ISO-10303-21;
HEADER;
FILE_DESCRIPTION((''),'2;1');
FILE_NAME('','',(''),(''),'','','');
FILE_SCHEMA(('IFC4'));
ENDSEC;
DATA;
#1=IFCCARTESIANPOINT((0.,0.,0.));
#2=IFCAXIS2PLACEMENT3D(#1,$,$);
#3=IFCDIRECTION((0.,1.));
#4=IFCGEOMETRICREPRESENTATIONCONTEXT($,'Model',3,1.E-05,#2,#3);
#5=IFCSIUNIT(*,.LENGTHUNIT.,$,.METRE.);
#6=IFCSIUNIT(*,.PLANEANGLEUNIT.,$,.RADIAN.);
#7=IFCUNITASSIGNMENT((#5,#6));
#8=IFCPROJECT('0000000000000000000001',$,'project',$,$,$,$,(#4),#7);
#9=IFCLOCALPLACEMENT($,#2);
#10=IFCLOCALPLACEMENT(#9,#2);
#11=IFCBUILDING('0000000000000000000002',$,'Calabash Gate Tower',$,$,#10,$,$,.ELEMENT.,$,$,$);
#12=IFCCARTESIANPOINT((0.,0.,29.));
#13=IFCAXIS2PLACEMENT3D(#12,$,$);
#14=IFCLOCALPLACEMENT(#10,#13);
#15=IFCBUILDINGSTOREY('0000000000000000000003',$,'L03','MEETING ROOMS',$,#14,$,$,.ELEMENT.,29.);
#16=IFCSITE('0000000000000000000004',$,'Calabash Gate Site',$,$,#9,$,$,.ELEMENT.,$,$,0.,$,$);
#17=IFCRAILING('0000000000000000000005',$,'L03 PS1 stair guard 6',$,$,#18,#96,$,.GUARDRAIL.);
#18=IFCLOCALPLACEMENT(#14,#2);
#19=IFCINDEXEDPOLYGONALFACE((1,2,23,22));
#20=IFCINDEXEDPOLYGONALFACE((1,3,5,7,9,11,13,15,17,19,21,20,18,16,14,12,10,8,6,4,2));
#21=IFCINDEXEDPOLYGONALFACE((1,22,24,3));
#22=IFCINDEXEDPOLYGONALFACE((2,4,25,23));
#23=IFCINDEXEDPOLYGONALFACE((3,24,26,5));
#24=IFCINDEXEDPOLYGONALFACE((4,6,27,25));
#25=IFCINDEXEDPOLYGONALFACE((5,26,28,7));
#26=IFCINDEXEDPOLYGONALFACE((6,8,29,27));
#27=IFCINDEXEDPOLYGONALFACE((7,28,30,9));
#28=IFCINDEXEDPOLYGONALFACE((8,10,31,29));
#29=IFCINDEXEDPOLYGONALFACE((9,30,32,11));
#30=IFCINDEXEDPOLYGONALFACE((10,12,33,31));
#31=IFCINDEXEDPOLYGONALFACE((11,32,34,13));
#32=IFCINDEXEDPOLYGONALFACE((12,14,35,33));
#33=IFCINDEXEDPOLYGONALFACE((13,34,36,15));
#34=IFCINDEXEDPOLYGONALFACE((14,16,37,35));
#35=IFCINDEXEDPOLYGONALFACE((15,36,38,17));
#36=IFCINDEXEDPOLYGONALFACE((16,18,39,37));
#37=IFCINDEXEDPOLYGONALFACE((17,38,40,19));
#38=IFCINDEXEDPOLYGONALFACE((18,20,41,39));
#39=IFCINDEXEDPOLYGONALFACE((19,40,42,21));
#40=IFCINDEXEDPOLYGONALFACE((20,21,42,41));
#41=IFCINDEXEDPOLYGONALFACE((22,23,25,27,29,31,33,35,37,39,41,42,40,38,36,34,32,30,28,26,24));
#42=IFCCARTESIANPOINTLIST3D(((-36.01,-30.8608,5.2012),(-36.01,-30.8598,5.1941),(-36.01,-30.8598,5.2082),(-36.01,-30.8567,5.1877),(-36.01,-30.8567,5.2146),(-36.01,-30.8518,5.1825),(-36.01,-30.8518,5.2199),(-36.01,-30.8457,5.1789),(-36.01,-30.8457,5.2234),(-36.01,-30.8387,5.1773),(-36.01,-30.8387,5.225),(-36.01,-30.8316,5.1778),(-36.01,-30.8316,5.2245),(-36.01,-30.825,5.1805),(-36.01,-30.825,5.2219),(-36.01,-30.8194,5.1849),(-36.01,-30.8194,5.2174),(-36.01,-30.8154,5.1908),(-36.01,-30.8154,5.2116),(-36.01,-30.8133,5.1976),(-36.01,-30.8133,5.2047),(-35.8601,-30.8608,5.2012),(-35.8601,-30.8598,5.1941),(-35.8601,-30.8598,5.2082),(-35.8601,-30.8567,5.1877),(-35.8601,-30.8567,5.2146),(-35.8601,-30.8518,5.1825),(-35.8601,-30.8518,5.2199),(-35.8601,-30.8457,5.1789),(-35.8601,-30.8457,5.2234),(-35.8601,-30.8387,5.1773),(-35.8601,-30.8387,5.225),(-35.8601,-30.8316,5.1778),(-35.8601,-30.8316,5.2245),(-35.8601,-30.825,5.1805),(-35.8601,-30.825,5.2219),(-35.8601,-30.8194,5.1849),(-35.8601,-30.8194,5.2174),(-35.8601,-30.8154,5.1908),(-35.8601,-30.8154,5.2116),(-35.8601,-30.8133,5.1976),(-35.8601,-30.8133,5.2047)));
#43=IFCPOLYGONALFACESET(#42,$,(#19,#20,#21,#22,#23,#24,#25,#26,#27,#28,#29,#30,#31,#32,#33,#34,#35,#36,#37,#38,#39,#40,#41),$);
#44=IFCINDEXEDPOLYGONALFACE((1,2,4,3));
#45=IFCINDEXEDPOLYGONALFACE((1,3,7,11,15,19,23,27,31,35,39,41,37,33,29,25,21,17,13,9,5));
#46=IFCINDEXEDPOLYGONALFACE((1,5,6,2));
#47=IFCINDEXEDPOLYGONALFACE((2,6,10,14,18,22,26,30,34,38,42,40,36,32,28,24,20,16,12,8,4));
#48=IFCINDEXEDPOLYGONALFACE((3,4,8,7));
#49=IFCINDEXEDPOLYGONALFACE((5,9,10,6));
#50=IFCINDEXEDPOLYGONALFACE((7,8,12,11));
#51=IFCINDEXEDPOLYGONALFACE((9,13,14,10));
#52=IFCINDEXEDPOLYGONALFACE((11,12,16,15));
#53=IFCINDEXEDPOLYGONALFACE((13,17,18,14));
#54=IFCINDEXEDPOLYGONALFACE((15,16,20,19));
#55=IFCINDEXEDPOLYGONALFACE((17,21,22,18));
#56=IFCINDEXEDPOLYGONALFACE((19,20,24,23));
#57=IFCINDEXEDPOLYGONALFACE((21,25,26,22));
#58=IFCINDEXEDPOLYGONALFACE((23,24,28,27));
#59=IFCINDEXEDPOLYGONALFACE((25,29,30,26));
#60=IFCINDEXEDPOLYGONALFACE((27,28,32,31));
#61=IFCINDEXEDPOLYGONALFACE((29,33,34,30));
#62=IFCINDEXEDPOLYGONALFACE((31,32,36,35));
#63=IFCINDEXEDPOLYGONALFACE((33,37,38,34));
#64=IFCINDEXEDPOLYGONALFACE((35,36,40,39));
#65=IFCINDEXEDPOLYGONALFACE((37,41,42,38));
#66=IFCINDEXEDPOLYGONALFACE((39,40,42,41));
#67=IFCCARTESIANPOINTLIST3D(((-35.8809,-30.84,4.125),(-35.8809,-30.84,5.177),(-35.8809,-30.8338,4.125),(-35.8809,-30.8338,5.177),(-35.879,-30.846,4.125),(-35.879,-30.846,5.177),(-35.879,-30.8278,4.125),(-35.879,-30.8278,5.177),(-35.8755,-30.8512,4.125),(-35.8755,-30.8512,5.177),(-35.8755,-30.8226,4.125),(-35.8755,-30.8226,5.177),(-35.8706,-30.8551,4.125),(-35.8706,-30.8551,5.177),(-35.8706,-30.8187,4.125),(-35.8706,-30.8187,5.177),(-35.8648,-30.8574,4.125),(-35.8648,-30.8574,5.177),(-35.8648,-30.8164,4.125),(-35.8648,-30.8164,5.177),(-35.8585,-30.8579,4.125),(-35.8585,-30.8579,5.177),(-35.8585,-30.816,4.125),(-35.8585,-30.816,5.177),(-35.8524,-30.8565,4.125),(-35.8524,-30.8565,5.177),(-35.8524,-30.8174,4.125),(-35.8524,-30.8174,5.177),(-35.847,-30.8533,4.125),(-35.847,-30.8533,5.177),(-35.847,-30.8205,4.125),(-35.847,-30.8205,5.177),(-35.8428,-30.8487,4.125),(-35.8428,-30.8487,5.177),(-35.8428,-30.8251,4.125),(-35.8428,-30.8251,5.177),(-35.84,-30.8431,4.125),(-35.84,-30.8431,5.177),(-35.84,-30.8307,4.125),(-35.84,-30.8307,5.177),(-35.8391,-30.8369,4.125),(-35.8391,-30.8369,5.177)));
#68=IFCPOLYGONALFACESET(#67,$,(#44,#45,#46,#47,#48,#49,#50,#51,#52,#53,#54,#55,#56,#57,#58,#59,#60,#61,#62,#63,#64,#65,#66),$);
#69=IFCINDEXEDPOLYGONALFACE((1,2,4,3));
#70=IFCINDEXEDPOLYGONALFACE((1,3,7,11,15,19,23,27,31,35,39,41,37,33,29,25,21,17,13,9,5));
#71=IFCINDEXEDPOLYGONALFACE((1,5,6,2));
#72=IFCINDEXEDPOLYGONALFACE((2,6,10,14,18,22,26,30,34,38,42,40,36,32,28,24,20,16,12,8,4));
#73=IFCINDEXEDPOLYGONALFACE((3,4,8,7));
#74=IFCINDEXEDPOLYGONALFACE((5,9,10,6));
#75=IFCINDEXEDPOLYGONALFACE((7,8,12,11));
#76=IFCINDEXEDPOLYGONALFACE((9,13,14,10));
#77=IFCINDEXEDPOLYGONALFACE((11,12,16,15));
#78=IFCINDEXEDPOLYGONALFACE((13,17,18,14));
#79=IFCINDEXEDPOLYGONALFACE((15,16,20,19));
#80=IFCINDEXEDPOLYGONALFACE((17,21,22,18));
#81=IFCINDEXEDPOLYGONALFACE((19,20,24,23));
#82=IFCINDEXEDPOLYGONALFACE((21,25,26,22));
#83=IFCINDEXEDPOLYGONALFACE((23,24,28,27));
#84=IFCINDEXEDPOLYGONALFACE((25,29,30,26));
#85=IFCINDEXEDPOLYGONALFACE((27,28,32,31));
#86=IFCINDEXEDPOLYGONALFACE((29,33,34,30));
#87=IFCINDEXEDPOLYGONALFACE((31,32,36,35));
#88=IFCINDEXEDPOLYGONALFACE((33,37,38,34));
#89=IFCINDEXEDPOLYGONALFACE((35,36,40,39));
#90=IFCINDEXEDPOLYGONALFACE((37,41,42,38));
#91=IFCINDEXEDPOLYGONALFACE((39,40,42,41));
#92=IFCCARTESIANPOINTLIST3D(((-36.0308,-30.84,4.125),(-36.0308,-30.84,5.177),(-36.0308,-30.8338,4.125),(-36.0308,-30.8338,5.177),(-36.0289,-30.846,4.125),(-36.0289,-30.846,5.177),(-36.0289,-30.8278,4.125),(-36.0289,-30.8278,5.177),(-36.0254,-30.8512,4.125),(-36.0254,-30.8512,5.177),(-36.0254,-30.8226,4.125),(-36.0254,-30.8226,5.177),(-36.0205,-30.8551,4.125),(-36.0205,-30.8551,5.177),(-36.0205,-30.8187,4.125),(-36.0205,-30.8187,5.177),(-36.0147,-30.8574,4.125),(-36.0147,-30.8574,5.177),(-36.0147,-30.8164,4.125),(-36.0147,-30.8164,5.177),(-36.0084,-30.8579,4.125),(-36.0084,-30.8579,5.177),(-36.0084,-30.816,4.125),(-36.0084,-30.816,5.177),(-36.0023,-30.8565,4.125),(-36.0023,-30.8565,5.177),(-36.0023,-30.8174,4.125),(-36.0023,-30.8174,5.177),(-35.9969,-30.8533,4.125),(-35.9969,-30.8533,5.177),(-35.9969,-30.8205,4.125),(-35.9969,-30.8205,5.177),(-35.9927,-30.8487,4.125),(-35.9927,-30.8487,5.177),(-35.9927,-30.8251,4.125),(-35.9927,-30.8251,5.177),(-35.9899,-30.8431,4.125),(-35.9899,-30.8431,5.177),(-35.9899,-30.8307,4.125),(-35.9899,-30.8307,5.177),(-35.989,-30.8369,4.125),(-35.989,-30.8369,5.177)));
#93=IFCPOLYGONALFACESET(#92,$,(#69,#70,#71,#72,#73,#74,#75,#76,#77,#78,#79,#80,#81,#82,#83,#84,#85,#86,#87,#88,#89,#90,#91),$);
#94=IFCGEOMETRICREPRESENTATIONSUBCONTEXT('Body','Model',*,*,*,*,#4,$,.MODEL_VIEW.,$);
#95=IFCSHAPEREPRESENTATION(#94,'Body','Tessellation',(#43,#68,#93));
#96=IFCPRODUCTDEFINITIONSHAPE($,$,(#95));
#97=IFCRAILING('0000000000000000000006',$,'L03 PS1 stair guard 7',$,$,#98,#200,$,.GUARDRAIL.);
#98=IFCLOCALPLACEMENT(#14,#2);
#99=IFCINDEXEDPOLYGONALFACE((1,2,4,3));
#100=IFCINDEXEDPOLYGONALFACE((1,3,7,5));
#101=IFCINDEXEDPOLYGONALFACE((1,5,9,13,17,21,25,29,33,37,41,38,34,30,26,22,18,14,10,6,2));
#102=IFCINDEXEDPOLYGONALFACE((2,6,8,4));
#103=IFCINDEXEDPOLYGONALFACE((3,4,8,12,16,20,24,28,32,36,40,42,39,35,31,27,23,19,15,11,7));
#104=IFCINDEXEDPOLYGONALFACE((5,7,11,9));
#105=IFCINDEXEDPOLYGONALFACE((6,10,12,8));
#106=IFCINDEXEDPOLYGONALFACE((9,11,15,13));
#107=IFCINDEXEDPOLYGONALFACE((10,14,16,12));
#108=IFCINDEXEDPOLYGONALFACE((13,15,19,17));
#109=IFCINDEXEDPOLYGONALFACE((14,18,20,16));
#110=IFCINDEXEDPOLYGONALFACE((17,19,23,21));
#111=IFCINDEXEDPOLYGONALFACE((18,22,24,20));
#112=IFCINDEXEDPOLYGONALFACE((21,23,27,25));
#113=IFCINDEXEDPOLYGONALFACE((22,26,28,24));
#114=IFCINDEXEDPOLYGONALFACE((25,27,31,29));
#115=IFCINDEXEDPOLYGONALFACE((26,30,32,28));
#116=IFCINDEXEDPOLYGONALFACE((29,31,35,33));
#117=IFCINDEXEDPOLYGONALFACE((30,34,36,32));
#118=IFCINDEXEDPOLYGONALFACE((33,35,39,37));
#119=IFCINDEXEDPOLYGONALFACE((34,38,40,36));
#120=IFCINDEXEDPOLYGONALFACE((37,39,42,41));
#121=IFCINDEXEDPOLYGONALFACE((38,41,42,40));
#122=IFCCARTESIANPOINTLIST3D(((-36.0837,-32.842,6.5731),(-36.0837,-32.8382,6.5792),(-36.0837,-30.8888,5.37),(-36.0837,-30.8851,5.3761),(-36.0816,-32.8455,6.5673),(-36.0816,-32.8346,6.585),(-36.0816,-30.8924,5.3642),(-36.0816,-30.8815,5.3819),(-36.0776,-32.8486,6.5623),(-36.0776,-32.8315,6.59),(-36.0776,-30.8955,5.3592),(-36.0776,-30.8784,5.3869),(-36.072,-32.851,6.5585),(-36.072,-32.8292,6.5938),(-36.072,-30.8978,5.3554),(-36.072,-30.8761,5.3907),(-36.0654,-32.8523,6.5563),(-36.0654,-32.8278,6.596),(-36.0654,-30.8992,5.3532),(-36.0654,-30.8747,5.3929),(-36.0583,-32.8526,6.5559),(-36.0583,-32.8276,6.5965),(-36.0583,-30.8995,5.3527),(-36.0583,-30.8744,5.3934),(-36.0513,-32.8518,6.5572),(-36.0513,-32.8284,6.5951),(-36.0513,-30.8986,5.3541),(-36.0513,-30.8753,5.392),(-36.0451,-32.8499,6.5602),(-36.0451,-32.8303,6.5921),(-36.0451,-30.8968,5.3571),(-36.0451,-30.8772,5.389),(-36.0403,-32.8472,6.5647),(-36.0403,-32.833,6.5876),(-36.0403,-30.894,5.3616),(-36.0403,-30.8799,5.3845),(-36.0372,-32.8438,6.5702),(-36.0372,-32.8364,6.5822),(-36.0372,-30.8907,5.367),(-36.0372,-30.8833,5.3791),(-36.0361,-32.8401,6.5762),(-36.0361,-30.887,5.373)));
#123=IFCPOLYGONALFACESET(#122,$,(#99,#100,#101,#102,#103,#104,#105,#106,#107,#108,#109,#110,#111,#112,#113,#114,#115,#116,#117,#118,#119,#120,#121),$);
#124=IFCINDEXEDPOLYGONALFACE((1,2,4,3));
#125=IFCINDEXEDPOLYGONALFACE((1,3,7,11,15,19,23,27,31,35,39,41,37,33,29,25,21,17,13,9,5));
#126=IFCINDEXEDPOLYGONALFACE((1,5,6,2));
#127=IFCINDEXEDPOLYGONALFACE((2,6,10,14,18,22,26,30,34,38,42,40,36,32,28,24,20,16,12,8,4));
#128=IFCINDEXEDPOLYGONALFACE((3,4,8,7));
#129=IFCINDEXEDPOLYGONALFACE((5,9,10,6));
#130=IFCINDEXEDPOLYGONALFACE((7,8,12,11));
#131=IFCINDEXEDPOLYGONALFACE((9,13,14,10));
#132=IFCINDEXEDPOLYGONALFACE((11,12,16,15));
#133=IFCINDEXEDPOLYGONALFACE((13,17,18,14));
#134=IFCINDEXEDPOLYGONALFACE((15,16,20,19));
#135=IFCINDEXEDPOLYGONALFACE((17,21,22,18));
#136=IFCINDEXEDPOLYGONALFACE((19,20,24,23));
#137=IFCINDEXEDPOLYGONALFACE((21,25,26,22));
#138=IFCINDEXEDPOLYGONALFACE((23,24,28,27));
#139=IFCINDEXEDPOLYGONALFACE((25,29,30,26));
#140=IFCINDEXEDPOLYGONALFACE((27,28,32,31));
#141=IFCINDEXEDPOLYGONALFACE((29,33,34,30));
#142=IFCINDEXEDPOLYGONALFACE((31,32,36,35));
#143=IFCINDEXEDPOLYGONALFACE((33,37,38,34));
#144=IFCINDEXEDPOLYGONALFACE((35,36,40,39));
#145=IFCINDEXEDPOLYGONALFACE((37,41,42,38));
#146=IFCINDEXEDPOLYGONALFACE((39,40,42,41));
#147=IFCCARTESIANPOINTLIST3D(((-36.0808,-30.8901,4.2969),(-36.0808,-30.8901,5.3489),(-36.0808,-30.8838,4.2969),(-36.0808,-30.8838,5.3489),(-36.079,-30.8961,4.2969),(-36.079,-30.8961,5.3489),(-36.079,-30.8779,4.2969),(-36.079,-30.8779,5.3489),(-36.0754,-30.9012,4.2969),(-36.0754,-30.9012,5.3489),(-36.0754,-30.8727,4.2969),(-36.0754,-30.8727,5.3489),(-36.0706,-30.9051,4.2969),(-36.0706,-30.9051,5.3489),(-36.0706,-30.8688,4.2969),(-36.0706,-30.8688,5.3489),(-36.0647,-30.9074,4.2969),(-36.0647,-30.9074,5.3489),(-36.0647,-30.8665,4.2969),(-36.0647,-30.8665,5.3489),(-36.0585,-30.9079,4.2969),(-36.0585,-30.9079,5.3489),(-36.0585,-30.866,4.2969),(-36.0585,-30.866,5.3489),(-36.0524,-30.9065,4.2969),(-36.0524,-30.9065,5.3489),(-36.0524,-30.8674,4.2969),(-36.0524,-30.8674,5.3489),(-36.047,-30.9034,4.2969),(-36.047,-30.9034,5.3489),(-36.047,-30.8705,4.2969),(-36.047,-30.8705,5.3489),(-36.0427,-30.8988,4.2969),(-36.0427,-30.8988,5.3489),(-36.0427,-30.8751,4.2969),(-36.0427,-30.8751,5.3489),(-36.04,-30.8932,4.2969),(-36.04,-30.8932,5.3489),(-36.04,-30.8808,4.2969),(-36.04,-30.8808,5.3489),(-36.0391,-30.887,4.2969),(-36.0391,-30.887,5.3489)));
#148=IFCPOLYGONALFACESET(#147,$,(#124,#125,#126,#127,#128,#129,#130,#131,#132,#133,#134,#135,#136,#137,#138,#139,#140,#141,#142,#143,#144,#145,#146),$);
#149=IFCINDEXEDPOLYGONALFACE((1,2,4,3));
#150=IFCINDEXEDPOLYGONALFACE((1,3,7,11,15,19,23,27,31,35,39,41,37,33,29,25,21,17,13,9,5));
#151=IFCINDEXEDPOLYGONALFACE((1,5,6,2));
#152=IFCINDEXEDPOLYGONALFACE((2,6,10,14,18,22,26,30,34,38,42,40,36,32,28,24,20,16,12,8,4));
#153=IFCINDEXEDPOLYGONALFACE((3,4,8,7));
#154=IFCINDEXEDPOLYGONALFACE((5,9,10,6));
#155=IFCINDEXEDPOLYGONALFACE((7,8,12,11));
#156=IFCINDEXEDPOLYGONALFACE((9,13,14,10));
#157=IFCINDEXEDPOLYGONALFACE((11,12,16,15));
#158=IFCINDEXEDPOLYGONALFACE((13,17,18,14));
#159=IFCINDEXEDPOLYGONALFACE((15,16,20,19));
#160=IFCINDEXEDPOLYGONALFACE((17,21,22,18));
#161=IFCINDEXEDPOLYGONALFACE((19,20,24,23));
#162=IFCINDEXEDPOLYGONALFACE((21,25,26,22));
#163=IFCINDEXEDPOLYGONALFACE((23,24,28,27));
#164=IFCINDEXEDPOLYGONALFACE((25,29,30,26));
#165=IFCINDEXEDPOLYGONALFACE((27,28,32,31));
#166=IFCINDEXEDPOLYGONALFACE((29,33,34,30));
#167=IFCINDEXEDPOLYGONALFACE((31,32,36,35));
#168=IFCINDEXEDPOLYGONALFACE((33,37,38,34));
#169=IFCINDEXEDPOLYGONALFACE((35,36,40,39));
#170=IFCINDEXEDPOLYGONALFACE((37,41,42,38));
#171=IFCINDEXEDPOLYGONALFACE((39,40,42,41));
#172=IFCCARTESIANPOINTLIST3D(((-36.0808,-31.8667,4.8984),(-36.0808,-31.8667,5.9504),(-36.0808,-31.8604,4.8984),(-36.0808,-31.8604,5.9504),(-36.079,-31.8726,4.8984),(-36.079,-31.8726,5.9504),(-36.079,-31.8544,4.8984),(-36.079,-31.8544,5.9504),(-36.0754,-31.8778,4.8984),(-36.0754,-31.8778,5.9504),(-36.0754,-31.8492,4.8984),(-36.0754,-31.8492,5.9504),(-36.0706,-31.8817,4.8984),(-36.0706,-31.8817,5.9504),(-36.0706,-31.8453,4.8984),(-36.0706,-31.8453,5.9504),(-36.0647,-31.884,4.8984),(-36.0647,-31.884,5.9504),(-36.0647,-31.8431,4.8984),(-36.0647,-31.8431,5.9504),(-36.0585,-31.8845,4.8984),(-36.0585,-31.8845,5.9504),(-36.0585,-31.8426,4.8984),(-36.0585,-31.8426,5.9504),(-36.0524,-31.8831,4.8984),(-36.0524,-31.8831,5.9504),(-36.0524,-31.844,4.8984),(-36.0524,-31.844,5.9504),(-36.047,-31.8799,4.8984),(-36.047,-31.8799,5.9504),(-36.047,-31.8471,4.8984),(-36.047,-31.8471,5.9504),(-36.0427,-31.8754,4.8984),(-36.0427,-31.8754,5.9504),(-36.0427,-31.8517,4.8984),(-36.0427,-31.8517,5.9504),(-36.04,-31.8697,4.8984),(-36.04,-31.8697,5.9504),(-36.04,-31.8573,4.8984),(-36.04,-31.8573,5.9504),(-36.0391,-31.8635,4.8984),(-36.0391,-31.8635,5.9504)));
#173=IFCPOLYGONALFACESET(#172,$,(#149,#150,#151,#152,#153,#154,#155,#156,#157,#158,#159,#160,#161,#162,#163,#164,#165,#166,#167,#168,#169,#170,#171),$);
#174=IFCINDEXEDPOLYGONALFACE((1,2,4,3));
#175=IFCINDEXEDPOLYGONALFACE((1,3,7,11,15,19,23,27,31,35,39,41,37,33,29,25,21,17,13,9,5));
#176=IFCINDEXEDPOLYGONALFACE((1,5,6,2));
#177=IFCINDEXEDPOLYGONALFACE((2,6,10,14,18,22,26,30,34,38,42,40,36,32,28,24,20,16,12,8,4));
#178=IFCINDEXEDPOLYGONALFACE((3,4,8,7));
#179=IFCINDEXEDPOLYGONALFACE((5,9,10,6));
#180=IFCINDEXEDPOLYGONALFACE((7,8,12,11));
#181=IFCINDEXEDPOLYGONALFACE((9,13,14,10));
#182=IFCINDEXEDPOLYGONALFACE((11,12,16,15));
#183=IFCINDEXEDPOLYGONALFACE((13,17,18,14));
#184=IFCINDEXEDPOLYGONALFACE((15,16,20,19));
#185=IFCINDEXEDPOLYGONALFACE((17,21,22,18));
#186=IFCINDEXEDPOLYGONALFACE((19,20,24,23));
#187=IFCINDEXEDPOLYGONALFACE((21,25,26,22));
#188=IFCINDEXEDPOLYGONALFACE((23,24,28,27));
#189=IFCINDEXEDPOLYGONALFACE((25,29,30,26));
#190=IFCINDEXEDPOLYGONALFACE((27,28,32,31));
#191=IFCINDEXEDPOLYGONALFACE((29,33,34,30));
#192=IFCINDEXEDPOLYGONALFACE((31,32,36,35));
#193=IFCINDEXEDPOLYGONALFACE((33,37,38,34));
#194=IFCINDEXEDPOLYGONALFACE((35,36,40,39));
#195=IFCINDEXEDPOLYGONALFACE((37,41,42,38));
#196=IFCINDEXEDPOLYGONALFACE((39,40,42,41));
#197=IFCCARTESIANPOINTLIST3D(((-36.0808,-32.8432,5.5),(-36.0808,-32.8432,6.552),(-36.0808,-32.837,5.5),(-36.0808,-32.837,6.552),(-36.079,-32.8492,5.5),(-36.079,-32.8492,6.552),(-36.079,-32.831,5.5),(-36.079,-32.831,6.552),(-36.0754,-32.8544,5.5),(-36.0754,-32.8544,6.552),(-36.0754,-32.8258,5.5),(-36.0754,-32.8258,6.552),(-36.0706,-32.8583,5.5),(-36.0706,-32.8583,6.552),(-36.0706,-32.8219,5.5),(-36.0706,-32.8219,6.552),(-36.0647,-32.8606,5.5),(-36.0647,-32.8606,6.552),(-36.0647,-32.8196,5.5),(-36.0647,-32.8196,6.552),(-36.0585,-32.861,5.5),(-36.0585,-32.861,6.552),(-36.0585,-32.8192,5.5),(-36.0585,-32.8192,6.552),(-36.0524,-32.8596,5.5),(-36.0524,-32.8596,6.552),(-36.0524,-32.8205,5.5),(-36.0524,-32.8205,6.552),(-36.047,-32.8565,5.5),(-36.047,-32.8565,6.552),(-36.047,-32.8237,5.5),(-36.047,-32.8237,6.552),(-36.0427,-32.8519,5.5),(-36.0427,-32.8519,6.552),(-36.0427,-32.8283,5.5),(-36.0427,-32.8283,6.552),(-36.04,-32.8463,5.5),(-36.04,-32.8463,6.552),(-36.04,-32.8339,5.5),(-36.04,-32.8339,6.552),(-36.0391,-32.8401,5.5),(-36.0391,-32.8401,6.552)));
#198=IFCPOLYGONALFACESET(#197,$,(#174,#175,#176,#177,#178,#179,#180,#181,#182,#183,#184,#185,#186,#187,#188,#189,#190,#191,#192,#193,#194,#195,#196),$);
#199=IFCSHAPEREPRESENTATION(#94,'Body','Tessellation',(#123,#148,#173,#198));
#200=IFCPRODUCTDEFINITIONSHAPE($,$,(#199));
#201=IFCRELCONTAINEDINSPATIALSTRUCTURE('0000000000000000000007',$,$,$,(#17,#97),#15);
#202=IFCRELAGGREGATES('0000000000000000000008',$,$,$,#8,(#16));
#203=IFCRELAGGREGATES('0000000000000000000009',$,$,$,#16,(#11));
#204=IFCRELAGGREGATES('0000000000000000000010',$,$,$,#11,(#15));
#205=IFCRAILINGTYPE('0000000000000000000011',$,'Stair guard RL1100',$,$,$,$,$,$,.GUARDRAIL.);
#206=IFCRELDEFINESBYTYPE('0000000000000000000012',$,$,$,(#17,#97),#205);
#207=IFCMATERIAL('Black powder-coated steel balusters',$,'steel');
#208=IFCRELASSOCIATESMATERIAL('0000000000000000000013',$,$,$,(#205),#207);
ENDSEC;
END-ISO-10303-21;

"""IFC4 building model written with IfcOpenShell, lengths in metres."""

from ifc_helpers import new_model, si_unit, direction, frame, origin, origin_2d, place, context, subcontext, project, spatial, circle, extrude, material, type_object, element, save


model = new_model("IFC4")

# Units and contexts
model_context = context("Model", 3, precision=1e-05, world=origin(), true_north=direction((0.0, 1.0)))
body_context = subcontext(model_context, "Body", "Model", "MODEL_VIEW")
ifc_project = project(units=[si_unit("LENGTHUNIT", "METRE"), si_unit("PLANEANGLEUNIT", "RADIAN")], contexts=[model_context])

# Site, building, storey
site_placement = place(None, origin())
site = spatial("IfcSite", under=ifc_project, at=site_placement, Name="Calabash Gate Site", CompositionType="ELEMENT", RefElevation=0.0)
building_placement = place(site_placement, origin())
building = spatial("IfcBuilding", under=site, at=building_placement, Name="Calabash Gate Tower", CompositionType="ELEMENT")
storey_placement = place(building_placement, frame((0.0, 0.0, 29.0)))
storey = spatial("IfcBuildingStorey", under=building, at=storey_placement, Name="L03", Description="MEETING ROOMS", CompositionType="ELEMENT", Elevation=29.0)

# Railings
ifc_material_1 = material(Name="Black powder-coated steel balusters", Category="steel")
railing_type_1 = type_object("IfcRailingType", Name="Stair guard RL1100", PredefinedType="GUARDRAIL", material=ifc_material_1)
railing_1_placement = place(storey_placement, frame((-35.8601, -30.8369, 4.125)))
element("IfcRailing", 1, at=railing_1_placement, inside=storey, type_object=railing_type_1, Name="L03 PS1 stair guard 6", PredefinedType="GUARDRAIL", context=body_context, shape_type="SweptSolid", body=[
    extrude(circle(Radius=0.0239, at=origin_2d()), frame((0.0, 0.0, 1.0762), z_axis=(-1.0, 0.0, 0.0), x_axis=(0.0, -1.0, 0.0)), (0.0, 0.0, 1.0), 0.1499),
    extrude(circle(Radius=0.021, at=origin_2d()), origin(), (0.0, 0.0, 1.0), 1.052),
    extrude(circle(Radius=0.021, at=origin_2d()), frame((-0.1499, 0.0, 0.0)), (0.0, 0.0, 1.0), 1.052),
])
railing_2_placement = place(storey_placement, frame((-36.0601, -30.887, 4.2969)))
element("IfcRailing", 2, at=railing_2_placement, inside=storey, type_object=railing_type_1, Name="L03 PS1 stair guard 7", PredefinedType="GUARDRAIL", context=body_context, shape_type="SweptSolid", body=[
    extrude(circle(Radius=0.0239, at=origin_2d()), frame((0.0, 0.0, 1.0762), z_axis=(0.0, -0.851424, 0.524477), x_axis=(1.0, 0.0, 0.0)), (0.0, 0.0, 1.0), 2.2939),
    extrude(circle(Radius=0.021, at=origin_2d()), origin(), (0.0, 0.0, 1.0), 1.052),
    extrude(circle(Radius=0.021, at=origin_2d()), frame((0.0, -0.9766, 0.6016)), (0.0, 0.0, 1.0), 1.052),
    extrude(circle(Radius=0.021, at=origin_2d()), frame((0.0, -1.9531, 1.2031)), (0.0, 0.0, 1.0), 1.052),
])

save(model, "model.ifc")
